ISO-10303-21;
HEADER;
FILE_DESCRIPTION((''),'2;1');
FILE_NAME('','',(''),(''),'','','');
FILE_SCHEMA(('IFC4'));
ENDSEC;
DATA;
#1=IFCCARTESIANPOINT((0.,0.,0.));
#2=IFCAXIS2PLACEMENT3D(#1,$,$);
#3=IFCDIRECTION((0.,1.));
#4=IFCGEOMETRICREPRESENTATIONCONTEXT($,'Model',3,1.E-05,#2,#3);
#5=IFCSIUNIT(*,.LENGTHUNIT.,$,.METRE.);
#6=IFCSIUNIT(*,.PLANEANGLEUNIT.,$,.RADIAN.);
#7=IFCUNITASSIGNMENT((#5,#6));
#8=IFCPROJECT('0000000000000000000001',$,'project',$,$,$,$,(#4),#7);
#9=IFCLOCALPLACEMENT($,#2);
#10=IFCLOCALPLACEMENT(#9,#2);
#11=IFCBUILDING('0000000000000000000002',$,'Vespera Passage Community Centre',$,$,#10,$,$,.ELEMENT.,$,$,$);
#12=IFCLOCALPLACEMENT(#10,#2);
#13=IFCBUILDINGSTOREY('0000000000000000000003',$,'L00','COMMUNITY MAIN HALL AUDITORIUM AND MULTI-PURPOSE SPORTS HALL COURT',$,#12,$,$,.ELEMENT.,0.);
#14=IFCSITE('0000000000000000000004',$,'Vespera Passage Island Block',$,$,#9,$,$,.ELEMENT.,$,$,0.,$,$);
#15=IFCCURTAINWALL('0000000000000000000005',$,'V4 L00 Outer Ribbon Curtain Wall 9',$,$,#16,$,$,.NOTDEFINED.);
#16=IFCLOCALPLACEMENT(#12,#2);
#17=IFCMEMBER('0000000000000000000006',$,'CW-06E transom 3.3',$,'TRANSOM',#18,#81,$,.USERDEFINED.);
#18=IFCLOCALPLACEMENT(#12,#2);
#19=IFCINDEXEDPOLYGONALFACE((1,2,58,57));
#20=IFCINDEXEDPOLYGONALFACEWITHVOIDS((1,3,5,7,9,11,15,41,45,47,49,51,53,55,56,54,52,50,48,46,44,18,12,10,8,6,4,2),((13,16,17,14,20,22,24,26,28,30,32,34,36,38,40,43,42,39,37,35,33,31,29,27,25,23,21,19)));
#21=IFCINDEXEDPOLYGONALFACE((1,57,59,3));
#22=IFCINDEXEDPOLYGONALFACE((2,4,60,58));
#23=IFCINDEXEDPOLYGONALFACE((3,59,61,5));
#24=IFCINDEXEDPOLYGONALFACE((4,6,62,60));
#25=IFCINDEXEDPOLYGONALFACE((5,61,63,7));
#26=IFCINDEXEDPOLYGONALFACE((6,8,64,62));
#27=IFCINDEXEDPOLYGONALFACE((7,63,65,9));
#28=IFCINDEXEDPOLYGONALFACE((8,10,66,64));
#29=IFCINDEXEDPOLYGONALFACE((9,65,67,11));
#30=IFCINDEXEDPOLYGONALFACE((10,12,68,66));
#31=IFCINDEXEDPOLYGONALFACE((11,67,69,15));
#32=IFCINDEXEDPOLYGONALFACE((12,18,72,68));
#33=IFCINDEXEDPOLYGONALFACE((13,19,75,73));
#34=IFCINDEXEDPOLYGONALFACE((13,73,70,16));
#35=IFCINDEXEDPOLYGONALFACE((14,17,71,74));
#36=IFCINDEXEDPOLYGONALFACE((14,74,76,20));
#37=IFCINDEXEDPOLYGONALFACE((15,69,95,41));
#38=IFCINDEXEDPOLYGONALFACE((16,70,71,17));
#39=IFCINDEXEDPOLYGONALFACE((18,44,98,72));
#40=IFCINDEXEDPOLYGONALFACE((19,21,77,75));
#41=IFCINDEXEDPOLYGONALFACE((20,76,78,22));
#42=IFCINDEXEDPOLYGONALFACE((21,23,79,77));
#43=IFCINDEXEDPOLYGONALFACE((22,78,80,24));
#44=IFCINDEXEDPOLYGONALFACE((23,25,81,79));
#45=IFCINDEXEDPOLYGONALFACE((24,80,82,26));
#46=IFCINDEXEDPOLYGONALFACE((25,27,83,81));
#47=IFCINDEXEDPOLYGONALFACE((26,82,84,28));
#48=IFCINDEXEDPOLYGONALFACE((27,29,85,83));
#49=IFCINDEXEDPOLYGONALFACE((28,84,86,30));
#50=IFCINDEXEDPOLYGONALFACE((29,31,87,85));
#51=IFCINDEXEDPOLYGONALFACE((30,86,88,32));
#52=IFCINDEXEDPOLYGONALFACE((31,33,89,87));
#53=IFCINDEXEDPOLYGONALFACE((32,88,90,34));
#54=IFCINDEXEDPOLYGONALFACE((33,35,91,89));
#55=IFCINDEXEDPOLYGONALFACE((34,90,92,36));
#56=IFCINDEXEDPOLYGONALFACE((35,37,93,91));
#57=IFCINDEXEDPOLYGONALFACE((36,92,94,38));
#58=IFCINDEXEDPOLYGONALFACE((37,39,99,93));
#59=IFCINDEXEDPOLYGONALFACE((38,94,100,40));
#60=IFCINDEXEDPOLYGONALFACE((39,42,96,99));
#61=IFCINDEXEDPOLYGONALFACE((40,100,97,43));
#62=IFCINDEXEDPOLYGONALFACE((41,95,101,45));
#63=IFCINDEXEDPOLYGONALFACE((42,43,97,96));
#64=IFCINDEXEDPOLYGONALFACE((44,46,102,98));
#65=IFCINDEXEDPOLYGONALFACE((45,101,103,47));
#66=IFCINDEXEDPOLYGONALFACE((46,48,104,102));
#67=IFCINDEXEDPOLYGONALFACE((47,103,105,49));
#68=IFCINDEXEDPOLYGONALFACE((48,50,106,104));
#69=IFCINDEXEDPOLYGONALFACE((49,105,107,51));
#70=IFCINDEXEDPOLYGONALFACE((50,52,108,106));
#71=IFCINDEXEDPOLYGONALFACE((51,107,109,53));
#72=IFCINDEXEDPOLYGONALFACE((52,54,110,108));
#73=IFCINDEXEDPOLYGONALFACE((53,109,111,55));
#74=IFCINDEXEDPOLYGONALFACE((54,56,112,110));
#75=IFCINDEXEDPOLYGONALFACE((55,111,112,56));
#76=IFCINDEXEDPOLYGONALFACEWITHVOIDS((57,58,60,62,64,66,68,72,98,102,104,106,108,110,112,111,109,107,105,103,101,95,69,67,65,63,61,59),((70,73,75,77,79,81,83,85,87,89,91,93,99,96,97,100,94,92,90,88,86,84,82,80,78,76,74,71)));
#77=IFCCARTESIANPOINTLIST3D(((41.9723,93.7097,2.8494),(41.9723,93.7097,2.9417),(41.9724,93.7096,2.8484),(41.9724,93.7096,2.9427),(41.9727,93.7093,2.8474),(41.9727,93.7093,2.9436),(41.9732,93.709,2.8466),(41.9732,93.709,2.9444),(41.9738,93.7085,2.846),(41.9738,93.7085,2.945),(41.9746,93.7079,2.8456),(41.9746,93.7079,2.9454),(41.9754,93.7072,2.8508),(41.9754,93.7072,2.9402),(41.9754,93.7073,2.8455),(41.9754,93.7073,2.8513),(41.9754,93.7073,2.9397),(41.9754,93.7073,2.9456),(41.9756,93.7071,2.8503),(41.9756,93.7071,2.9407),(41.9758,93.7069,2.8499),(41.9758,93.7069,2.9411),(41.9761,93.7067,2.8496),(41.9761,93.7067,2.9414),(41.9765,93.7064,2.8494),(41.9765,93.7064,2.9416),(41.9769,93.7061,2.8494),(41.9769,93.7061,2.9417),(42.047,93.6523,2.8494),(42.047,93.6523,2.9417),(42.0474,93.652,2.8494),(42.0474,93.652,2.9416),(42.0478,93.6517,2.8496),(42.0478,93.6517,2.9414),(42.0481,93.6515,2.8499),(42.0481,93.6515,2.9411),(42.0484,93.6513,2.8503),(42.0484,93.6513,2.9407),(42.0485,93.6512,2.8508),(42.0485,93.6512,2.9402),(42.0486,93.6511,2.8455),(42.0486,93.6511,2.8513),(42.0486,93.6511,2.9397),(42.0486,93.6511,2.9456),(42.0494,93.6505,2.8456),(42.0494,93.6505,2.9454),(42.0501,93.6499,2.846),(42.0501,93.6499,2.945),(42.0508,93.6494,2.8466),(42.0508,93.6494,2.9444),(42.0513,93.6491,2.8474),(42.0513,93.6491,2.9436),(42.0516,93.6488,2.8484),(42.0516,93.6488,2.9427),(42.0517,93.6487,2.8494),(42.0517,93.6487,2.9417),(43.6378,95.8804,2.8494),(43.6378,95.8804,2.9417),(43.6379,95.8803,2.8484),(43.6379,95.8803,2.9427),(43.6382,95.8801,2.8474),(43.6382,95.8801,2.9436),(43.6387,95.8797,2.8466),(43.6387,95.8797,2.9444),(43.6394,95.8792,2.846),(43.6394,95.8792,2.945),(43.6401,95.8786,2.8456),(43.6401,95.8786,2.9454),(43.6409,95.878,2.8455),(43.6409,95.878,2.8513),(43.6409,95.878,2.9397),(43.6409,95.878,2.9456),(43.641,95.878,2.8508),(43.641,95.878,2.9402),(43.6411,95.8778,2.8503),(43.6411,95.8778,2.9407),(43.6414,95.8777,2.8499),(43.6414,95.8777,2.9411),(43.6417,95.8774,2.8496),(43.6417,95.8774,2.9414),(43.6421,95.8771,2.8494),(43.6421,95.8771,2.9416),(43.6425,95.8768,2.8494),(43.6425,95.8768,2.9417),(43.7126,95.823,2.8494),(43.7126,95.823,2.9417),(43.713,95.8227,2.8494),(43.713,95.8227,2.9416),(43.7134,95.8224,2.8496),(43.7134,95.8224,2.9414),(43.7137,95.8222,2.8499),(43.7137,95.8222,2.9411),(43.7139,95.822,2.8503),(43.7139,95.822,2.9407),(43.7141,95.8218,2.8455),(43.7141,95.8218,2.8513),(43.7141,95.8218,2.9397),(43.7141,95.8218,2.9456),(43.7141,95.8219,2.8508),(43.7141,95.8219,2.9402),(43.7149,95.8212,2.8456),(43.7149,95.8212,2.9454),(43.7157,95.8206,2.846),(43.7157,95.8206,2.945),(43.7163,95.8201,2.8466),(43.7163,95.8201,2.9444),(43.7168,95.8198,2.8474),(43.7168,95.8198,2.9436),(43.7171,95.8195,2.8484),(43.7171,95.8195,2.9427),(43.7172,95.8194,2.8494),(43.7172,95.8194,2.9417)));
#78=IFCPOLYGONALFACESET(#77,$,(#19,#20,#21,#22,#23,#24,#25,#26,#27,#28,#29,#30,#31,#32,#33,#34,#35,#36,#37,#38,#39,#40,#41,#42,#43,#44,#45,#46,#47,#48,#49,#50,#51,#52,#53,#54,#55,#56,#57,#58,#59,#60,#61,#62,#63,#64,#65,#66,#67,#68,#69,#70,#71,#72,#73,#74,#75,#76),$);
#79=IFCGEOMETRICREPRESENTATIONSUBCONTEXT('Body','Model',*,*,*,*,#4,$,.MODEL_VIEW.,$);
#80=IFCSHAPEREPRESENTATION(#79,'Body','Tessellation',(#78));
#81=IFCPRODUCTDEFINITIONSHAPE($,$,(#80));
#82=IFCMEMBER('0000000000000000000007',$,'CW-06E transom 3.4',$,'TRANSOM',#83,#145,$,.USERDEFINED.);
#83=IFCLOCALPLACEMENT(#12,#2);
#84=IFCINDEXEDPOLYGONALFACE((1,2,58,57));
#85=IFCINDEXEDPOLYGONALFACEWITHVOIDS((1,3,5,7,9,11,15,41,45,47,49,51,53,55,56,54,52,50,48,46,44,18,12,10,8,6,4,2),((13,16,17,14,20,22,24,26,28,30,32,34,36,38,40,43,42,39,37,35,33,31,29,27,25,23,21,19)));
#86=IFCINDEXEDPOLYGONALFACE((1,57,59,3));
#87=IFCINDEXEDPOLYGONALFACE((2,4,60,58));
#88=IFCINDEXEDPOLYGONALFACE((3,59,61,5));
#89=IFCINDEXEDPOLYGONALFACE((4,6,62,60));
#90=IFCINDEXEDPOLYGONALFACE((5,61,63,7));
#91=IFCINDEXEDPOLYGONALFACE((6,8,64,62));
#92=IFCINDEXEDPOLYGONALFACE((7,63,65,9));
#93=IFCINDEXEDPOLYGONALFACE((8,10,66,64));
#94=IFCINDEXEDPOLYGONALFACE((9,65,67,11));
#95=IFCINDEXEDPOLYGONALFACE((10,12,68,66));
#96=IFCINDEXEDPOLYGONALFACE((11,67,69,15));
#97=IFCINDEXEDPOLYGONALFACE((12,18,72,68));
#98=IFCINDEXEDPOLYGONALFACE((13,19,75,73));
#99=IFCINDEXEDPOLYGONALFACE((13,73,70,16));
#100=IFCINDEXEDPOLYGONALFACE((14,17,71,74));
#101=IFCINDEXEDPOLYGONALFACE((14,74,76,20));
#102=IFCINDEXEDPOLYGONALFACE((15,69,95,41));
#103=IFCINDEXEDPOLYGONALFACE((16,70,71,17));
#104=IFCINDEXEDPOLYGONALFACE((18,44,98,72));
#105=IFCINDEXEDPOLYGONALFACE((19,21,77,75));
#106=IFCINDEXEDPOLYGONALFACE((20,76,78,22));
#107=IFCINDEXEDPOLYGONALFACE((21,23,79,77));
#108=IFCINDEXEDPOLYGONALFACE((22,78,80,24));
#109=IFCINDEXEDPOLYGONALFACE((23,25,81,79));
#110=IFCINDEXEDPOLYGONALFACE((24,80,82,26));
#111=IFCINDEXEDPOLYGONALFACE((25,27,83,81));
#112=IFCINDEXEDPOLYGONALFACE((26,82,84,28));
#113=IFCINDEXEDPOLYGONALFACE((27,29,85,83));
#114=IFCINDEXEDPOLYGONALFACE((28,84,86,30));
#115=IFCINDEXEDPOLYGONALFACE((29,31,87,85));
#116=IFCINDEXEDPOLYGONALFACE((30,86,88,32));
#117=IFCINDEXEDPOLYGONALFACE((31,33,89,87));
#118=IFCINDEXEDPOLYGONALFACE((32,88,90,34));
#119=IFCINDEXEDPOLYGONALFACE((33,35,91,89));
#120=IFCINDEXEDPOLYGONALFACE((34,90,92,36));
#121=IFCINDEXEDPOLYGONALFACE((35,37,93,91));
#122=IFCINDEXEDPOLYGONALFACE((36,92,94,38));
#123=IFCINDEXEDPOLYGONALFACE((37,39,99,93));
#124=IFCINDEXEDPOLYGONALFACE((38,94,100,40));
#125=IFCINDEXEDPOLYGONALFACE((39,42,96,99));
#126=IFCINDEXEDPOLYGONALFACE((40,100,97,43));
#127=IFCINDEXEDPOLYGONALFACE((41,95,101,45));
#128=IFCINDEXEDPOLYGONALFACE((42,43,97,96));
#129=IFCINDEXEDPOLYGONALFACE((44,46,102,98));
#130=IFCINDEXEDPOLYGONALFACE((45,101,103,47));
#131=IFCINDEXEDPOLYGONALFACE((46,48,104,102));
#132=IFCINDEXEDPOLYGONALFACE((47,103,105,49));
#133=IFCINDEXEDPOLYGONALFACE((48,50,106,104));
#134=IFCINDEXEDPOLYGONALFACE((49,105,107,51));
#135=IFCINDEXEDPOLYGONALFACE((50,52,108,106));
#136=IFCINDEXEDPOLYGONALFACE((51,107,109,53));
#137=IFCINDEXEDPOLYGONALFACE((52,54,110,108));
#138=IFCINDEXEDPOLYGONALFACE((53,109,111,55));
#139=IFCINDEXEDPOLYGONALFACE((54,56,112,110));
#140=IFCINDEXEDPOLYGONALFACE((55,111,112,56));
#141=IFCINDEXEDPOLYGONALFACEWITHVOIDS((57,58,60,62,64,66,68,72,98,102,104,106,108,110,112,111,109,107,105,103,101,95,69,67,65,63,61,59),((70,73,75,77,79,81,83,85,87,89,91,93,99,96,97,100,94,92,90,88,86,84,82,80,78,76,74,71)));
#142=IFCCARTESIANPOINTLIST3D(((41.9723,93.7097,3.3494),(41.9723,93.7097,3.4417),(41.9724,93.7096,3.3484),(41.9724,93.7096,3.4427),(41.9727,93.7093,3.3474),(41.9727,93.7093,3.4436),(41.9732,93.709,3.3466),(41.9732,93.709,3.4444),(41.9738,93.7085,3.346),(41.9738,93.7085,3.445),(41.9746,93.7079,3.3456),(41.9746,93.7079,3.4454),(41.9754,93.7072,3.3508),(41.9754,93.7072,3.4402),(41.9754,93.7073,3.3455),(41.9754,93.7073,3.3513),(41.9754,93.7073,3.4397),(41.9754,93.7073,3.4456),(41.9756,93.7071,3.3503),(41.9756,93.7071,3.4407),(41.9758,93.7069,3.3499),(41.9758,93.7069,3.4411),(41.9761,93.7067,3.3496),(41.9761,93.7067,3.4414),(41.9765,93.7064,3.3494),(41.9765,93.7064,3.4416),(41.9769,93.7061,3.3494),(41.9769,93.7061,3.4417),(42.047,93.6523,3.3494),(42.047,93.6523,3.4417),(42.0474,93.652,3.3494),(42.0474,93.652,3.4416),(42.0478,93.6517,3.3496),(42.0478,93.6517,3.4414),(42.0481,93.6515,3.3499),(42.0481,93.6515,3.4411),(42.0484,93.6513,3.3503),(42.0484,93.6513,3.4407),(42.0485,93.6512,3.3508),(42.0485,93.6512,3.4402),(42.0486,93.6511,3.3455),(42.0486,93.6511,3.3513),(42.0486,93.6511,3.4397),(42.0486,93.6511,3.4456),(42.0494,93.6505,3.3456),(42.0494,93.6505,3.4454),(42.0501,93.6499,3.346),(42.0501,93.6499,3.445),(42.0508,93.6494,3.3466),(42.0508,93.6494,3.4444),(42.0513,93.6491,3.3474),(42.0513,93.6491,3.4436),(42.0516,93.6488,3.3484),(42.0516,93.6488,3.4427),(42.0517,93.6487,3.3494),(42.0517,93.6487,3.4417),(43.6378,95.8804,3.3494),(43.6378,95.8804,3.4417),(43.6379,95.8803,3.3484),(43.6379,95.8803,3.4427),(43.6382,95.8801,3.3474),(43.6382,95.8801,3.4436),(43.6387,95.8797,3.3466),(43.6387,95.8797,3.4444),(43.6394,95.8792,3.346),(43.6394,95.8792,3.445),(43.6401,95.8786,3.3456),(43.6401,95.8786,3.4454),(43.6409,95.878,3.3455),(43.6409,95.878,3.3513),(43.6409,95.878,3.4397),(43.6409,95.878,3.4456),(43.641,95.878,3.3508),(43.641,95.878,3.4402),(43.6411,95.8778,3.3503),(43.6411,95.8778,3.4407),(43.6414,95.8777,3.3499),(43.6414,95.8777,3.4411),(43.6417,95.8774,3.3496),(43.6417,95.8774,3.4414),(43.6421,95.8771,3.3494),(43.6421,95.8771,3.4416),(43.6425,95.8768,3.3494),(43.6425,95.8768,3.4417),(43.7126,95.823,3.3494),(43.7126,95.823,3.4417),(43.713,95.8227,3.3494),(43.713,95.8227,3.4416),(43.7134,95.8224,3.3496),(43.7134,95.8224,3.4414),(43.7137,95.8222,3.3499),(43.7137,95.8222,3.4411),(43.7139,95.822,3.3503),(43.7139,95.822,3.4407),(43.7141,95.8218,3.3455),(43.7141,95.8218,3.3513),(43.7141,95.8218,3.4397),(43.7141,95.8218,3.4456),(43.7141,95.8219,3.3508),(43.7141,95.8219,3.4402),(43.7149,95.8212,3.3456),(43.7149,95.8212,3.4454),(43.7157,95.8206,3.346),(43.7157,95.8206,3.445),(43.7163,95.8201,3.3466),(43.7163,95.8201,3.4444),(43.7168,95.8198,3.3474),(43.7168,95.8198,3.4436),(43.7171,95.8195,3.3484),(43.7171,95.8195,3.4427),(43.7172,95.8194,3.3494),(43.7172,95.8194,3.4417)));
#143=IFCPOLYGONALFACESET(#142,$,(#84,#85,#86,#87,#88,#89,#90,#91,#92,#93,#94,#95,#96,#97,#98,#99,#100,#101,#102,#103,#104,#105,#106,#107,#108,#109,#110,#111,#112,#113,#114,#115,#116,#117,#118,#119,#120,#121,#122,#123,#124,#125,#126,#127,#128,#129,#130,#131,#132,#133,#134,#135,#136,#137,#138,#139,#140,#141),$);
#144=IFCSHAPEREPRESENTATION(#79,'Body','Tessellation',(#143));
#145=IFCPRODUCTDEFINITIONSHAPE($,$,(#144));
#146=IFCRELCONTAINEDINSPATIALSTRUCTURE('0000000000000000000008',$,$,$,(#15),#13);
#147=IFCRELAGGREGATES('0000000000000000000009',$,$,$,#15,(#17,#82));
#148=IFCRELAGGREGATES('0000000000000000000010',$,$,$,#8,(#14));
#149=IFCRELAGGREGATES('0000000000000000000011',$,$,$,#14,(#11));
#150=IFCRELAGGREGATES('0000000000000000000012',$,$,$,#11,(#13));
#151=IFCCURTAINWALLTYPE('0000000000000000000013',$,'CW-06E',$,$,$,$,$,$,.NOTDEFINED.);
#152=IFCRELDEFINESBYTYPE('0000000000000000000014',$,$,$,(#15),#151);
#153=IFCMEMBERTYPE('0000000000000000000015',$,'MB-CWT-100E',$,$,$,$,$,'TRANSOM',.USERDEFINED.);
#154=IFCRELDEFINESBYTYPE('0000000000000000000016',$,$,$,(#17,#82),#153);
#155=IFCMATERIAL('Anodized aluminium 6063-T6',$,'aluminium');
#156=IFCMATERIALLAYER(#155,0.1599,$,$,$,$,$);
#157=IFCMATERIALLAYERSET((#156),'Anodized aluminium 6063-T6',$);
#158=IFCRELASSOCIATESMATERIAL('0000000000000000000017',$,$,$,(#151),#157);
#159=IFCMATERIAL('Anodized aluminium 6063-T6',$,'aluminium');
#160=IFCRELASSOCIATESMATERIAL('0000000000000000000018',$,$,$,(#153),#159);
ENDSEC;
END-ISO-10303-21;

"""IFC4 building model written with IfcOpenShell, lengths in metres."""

from ifc_helpers import new_model, si_unit, direction, frame, origin, origin_2d, place, context, subcontext, project, spatial, hollow_rectangle, extrude, material, layer, layer_set, material_profile, profile_set, type_object, element, aggregate, save


model = new_model("IFC4")

# Units and contexts
model_context = context("Model", 3, precision=1e-05, world=origin(), true_north=direction((0.0, 1.0)))
body_context = subcontext(model_context, "Body", "Model", "MODEL_VIEW")
ifc_project = project(units=[si_unit("LENGTHUNIT", "METRE"), si_unit("PLANEANGLEUNIT", "RADIAN")], contexts=[model_context])

# Site, building, storey
site_placement = place(None, origin())
site = spatial("IfcSite", under=ifc_project, at=site_placement, Name="Vespera Passage Island Block", CompositionType="ELEMENT", RefElevation=0.0)
building_placement = place(site_placement, origin())
building = spatial("IfcBuilding", under=site, at=building_placement, Name="Vespera Passage Community Centre", CompositionType="ELEMENT")
storey_placement = place(building_placement, origin())
storey = spatial("IfcBuildingStorey", under=building, at=storey_placement, Name="L00", Description="COMMUNITY MAIN HALL AUDITORIUM AND MULTI-PURPOSE SPORTS HALL COURT", CompositionType="ELEMENT", Elevation=0.0)

# Curtain wall
ifc_material_1 = material(Name="Anodized aluminium 6063-T6", Category="aluminium")
ifc_layer_1 = layer(ifc_material_1, 0.1599)
ifc_layer_set_1 = layer_set([ifc_layer_1], Name="Anodized aluminium 6063-T6")
curtain_wall_type_1 = type_object("IfcCurtainWallType", Name="CW-06E", PredefinedType="NOTDEFINED", material=ifc_layer_set_1)
curtain_wall_1_placement = place(storey_placement, origin())
curtain_wall_1 = element("IfcCurtainWall", 1, at=curtain_wall_1_placement, inside=storey, type_object=curtain_wall_type_1, Name="V4 L00 Outer Ribbon Curtain Wall 9", PredefinedType="NOTDEFINED")

# Members
ifc_material_2 = material(Name="Anodized aluminium 6063-T6", Category="aluminium")
ifc_material_profile_1 = material_profile(ifc_material_2, hollow_rectangle(XDim=0.1001, YDim=0.1001, WallThickness=0.0039, InnerFilletRadius=0.002, OuterFilletRadius=0.0039, at=origin_2d()), Name="ALU100X100X4")
ifc_profile_set_1 = profile_set([ifc_material_profile_1], Name="Anodized aluminium 6063-T6")
member_type_1 = type_object("IfcMemberType", Name="MB-CWT-100E", ElementType="TRANSOM", PredefinedType="USERDEFINED", material=ifc_profile_set_1)
member_1_placement = place(storey_placement, frame((42.012, 93.6792, 2.8955), z_axis=(0.608744, 0.793366, 0.0), x_axis=(-0.793366, 0.608744, 0.0)))
member_1 = element("IfcMember", 2, at=member_1_placement, type_object=member_type_1, Name="CW-06E transom 3.3", ObjectType="TRANSOM", PredefinedType="USERDEFINED", context=body_context, shape_type="SweptSolid", body=[
    extrude(hollow_rectangle(XDim=0.1001, YDim=0.1001, WallThickness=0.0039, InnerFilletRadius=0.002, OuterFilletRadius=0.0039, at=origin_2d()), origin(), (0.0, 0.0, 1.0), 2.7361),
])
member_2_placement = place(storey_placement, frame((42.012, 93.6792, 3.3955), z_axis=(0.608744, 0.793366, 0.0), x_axis=(-0.793366, 0.608744, 0.0)))
member_2 = element("IfcMember", 3, at=member_2_placement, type_object=member_type_1, Name="CW-06E transom 3.4", ObjectType="TRANSOM", PredefinedType="USERDEFINED", context=body_context, shape_type="SweptSolid", body=[
    extrude(hollow_rectangle(XDim=0.1001, YDim=0.1001, WallThickness=0.0039, InnerFilletRadius=0.002, OuterFilletRadius=0.0039, at=origin_2d()), origin(), (0.0, 0.0, 1.0), 2.7361),
])

aggregate(curtain_wall_1, [member_1, member_2])

save(model, "model.ifc")
